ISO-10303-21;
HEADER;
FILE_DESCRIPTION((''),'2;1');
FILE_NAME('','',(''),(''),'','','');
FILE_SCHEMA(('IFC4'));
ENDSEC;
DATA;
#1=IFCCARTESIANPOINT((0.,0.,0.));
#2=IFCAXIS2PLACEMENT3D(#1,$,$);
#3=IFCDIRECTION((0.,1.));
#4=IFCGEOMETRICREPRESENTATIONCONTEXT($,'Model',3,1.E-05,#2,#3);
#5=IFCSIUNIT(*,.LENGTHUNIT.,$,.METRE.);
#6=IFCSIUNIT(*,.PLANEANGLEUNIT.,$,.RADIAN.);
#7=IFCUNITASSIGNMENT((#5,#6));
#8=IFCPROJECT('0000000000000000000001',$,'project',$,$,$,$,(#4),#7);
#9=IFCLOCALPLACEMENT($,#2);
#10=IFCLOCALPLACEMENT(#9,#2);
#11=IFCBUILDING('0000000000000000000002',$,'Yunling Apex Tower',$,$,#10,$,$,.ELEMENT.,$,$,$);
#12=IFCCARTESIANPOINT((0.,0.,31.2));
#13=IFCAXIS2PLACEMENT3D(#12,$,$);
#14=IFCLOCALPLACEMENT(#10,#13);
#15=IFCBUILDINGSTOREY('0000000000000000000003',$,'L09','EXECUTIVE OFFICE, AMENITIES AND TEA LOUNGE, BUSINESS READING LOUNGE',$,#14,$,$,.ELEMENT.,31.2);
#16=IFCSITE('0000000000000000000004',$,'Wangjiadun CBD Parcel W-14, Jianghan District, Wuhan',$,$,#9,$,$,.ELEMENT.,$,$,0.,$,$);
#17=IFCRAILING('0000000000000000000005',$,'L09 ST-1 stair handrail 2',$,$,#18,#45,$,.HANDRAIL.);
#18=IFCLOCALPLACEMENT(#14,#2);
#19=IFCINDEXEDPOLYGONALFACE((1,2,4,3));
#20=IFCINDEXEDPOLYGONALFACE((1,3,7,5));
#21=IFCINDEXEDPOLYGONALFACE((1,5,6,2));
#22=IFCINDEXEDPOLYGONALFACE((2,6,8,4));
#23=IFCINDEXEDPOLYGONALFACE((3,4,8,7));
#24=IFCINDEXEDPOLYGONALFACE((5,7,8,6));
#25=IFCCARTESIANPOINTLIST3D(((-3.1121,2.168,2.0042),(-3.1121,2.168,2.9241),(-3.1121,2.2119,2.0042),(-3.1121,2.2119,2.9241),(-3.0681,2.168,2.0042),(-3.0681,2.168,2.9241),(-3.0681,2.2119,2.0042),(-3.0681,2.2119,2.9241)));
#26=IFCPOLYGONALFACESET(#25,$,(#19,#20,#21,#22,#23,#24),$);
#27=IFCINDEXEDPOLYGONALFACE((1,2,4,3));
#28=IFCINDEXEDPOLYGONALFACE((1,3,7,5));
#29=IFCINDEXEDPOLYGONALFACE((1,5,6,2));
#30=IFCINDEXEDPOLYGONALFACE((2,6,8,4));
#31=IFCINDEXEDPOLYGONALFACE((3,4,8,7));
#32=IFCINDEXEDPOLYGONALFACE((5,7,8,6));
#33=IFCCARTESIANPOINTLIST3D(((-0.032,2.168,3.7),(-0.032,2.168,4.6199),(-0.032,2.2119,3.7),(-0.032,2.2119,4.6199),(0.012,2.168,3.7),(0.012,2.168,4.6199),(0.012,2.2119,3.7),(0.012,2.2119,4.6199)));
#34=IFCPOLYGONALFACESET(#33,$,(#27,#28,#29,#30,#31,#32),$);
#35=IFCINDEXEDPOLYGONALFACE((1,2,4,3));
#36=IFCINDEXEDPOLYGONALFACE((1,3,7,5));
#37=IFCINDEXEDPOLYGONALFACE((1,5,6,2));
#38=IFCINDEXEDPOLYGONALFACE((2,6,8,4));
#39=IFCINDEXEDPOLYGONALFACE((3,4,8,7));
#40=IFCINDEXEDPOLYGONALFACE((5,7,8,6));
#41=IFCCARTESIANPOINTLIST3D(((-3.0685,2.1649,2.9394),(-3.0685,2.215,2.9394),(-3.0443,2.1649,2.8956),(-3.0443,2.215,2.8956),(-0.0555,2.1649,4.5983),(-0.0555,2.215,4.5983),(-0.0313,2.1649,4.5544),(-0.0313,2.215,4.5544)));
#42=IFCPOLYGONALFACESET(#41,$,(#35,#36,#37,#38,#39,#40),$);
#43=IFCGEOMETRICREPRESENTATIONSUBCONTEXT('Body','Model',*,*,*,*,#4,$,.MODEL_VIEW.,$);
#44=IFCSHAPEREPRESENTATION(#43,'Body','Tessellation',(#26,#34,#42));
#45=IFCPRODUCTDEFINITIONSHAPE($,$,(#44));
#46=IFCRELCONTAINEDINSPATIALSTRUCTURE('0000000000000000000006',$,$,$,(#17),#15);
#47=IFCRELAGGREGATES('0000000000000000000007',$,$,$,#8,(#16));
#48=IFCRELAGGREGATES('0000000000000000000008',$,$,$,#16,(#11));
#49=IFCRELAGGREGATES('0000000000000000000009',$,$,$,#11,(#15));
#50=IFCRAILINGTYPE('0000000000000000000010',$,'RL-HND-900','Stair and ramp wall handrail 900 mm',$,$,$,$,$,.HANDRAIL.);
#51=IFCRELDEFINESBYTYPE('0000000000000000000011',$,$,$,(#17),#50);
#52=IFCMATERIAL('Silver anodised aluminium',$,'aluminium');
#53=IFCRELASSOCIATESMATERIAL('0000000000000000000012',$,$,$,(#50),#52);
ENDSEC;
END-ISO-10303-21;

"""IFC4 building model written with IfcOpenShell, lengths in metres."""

from ifc_helpers import new_model, si_unit, direction, frame, origin, origin_2d, place, context, subcontext, project, spatial, rectangle, extrude, material, type_object, element, save


model = new_model("IFC4")

# Units and contexts
model_context = context("Model", 3, precision=1e-05, world=origin(), true_north=direction((0.0, 1.0)))
body_context = subcontext(model_context, "Body", "Model", "MODEL_VIEW")
ifc_project = project(units=[si_unit("LENGTHUNIT", "METRE"), si_unit("PLANEANGLEUNIT", "RADIAN")], contexts=[model_context])

# Site, building, storey
site_placement = place(None, origin())
site = spatial("IfcSite", under=ifc_project, at=site_placement, Name="Wangjiadun CBD Parcel W-14, Jianghan District, Wuhan", CompositionType="ELEMENT", RefElevation=0.0)
building_placement = place(site_placement, origin())
building = spatial("IfcBuilding", under=site, at=building_placement, Name="Yunling Apex Tower", CompositionType="ELEMENT")
storey_placement = place(building_placement, frame((0.0, 0.0, 31.2)))
storey = spatial("IfcBuildingStorey", under=building, at=storey_placement, Name="L09", Description="EXECUTIVE OFFICE, AMENITIES AND TEA LOUNGE, BUSINESS READING LOUNGE", CompositionType="ELEMENT", Elevation=31.2)

# Shared definitions
ifc_material_1 = material(Name="Silver anodised aluminium", Category="aluminium")

# Railing
railing_type_1 = type_object("IfcRailingType", Name="RL-HND-900", Description="Stair and ramp wall handrail 900 mm", PredefinedType="HANDRAIL", material=ifc_material_1)
railing_1_placement = place(storey_placement, frame((-3.0901, 2.1899, 2.0042)))
element("IfcRailing", 1, at=railing_1_placement, inside=storey, type_object=railing_type_1, Name="L09 ST-1 stair handrail 2", PredefinedType="HANDRAIL", context=body_context, shape_type="SweptSolid", body=[
    extrude(rectangle(XDim=0.0439, YDim=0.0439, at=origin_2d()), origin(), (0.0, 0.0, 1.0), 0.9199),
    extrude(rectangle(XDim=0.0439, YDim=0.0439, at=origin_2d()), frame((3.0801, 0.0, 1.6958)), (0.0, 0.0, 1.0), 0.9199),
    extrude(rectangle(XDim=0.05, YDim=0.05, at=origin_2d()), frame((0.0337, 0.0, 0.9133), z_axis=(0.876005, 0.0, 0.482303), x_axis=(0.0, 1.0, 0.0)), (0.0, 0.0, 1.0), 3.4395),
])

save(model, "model.ifc")
